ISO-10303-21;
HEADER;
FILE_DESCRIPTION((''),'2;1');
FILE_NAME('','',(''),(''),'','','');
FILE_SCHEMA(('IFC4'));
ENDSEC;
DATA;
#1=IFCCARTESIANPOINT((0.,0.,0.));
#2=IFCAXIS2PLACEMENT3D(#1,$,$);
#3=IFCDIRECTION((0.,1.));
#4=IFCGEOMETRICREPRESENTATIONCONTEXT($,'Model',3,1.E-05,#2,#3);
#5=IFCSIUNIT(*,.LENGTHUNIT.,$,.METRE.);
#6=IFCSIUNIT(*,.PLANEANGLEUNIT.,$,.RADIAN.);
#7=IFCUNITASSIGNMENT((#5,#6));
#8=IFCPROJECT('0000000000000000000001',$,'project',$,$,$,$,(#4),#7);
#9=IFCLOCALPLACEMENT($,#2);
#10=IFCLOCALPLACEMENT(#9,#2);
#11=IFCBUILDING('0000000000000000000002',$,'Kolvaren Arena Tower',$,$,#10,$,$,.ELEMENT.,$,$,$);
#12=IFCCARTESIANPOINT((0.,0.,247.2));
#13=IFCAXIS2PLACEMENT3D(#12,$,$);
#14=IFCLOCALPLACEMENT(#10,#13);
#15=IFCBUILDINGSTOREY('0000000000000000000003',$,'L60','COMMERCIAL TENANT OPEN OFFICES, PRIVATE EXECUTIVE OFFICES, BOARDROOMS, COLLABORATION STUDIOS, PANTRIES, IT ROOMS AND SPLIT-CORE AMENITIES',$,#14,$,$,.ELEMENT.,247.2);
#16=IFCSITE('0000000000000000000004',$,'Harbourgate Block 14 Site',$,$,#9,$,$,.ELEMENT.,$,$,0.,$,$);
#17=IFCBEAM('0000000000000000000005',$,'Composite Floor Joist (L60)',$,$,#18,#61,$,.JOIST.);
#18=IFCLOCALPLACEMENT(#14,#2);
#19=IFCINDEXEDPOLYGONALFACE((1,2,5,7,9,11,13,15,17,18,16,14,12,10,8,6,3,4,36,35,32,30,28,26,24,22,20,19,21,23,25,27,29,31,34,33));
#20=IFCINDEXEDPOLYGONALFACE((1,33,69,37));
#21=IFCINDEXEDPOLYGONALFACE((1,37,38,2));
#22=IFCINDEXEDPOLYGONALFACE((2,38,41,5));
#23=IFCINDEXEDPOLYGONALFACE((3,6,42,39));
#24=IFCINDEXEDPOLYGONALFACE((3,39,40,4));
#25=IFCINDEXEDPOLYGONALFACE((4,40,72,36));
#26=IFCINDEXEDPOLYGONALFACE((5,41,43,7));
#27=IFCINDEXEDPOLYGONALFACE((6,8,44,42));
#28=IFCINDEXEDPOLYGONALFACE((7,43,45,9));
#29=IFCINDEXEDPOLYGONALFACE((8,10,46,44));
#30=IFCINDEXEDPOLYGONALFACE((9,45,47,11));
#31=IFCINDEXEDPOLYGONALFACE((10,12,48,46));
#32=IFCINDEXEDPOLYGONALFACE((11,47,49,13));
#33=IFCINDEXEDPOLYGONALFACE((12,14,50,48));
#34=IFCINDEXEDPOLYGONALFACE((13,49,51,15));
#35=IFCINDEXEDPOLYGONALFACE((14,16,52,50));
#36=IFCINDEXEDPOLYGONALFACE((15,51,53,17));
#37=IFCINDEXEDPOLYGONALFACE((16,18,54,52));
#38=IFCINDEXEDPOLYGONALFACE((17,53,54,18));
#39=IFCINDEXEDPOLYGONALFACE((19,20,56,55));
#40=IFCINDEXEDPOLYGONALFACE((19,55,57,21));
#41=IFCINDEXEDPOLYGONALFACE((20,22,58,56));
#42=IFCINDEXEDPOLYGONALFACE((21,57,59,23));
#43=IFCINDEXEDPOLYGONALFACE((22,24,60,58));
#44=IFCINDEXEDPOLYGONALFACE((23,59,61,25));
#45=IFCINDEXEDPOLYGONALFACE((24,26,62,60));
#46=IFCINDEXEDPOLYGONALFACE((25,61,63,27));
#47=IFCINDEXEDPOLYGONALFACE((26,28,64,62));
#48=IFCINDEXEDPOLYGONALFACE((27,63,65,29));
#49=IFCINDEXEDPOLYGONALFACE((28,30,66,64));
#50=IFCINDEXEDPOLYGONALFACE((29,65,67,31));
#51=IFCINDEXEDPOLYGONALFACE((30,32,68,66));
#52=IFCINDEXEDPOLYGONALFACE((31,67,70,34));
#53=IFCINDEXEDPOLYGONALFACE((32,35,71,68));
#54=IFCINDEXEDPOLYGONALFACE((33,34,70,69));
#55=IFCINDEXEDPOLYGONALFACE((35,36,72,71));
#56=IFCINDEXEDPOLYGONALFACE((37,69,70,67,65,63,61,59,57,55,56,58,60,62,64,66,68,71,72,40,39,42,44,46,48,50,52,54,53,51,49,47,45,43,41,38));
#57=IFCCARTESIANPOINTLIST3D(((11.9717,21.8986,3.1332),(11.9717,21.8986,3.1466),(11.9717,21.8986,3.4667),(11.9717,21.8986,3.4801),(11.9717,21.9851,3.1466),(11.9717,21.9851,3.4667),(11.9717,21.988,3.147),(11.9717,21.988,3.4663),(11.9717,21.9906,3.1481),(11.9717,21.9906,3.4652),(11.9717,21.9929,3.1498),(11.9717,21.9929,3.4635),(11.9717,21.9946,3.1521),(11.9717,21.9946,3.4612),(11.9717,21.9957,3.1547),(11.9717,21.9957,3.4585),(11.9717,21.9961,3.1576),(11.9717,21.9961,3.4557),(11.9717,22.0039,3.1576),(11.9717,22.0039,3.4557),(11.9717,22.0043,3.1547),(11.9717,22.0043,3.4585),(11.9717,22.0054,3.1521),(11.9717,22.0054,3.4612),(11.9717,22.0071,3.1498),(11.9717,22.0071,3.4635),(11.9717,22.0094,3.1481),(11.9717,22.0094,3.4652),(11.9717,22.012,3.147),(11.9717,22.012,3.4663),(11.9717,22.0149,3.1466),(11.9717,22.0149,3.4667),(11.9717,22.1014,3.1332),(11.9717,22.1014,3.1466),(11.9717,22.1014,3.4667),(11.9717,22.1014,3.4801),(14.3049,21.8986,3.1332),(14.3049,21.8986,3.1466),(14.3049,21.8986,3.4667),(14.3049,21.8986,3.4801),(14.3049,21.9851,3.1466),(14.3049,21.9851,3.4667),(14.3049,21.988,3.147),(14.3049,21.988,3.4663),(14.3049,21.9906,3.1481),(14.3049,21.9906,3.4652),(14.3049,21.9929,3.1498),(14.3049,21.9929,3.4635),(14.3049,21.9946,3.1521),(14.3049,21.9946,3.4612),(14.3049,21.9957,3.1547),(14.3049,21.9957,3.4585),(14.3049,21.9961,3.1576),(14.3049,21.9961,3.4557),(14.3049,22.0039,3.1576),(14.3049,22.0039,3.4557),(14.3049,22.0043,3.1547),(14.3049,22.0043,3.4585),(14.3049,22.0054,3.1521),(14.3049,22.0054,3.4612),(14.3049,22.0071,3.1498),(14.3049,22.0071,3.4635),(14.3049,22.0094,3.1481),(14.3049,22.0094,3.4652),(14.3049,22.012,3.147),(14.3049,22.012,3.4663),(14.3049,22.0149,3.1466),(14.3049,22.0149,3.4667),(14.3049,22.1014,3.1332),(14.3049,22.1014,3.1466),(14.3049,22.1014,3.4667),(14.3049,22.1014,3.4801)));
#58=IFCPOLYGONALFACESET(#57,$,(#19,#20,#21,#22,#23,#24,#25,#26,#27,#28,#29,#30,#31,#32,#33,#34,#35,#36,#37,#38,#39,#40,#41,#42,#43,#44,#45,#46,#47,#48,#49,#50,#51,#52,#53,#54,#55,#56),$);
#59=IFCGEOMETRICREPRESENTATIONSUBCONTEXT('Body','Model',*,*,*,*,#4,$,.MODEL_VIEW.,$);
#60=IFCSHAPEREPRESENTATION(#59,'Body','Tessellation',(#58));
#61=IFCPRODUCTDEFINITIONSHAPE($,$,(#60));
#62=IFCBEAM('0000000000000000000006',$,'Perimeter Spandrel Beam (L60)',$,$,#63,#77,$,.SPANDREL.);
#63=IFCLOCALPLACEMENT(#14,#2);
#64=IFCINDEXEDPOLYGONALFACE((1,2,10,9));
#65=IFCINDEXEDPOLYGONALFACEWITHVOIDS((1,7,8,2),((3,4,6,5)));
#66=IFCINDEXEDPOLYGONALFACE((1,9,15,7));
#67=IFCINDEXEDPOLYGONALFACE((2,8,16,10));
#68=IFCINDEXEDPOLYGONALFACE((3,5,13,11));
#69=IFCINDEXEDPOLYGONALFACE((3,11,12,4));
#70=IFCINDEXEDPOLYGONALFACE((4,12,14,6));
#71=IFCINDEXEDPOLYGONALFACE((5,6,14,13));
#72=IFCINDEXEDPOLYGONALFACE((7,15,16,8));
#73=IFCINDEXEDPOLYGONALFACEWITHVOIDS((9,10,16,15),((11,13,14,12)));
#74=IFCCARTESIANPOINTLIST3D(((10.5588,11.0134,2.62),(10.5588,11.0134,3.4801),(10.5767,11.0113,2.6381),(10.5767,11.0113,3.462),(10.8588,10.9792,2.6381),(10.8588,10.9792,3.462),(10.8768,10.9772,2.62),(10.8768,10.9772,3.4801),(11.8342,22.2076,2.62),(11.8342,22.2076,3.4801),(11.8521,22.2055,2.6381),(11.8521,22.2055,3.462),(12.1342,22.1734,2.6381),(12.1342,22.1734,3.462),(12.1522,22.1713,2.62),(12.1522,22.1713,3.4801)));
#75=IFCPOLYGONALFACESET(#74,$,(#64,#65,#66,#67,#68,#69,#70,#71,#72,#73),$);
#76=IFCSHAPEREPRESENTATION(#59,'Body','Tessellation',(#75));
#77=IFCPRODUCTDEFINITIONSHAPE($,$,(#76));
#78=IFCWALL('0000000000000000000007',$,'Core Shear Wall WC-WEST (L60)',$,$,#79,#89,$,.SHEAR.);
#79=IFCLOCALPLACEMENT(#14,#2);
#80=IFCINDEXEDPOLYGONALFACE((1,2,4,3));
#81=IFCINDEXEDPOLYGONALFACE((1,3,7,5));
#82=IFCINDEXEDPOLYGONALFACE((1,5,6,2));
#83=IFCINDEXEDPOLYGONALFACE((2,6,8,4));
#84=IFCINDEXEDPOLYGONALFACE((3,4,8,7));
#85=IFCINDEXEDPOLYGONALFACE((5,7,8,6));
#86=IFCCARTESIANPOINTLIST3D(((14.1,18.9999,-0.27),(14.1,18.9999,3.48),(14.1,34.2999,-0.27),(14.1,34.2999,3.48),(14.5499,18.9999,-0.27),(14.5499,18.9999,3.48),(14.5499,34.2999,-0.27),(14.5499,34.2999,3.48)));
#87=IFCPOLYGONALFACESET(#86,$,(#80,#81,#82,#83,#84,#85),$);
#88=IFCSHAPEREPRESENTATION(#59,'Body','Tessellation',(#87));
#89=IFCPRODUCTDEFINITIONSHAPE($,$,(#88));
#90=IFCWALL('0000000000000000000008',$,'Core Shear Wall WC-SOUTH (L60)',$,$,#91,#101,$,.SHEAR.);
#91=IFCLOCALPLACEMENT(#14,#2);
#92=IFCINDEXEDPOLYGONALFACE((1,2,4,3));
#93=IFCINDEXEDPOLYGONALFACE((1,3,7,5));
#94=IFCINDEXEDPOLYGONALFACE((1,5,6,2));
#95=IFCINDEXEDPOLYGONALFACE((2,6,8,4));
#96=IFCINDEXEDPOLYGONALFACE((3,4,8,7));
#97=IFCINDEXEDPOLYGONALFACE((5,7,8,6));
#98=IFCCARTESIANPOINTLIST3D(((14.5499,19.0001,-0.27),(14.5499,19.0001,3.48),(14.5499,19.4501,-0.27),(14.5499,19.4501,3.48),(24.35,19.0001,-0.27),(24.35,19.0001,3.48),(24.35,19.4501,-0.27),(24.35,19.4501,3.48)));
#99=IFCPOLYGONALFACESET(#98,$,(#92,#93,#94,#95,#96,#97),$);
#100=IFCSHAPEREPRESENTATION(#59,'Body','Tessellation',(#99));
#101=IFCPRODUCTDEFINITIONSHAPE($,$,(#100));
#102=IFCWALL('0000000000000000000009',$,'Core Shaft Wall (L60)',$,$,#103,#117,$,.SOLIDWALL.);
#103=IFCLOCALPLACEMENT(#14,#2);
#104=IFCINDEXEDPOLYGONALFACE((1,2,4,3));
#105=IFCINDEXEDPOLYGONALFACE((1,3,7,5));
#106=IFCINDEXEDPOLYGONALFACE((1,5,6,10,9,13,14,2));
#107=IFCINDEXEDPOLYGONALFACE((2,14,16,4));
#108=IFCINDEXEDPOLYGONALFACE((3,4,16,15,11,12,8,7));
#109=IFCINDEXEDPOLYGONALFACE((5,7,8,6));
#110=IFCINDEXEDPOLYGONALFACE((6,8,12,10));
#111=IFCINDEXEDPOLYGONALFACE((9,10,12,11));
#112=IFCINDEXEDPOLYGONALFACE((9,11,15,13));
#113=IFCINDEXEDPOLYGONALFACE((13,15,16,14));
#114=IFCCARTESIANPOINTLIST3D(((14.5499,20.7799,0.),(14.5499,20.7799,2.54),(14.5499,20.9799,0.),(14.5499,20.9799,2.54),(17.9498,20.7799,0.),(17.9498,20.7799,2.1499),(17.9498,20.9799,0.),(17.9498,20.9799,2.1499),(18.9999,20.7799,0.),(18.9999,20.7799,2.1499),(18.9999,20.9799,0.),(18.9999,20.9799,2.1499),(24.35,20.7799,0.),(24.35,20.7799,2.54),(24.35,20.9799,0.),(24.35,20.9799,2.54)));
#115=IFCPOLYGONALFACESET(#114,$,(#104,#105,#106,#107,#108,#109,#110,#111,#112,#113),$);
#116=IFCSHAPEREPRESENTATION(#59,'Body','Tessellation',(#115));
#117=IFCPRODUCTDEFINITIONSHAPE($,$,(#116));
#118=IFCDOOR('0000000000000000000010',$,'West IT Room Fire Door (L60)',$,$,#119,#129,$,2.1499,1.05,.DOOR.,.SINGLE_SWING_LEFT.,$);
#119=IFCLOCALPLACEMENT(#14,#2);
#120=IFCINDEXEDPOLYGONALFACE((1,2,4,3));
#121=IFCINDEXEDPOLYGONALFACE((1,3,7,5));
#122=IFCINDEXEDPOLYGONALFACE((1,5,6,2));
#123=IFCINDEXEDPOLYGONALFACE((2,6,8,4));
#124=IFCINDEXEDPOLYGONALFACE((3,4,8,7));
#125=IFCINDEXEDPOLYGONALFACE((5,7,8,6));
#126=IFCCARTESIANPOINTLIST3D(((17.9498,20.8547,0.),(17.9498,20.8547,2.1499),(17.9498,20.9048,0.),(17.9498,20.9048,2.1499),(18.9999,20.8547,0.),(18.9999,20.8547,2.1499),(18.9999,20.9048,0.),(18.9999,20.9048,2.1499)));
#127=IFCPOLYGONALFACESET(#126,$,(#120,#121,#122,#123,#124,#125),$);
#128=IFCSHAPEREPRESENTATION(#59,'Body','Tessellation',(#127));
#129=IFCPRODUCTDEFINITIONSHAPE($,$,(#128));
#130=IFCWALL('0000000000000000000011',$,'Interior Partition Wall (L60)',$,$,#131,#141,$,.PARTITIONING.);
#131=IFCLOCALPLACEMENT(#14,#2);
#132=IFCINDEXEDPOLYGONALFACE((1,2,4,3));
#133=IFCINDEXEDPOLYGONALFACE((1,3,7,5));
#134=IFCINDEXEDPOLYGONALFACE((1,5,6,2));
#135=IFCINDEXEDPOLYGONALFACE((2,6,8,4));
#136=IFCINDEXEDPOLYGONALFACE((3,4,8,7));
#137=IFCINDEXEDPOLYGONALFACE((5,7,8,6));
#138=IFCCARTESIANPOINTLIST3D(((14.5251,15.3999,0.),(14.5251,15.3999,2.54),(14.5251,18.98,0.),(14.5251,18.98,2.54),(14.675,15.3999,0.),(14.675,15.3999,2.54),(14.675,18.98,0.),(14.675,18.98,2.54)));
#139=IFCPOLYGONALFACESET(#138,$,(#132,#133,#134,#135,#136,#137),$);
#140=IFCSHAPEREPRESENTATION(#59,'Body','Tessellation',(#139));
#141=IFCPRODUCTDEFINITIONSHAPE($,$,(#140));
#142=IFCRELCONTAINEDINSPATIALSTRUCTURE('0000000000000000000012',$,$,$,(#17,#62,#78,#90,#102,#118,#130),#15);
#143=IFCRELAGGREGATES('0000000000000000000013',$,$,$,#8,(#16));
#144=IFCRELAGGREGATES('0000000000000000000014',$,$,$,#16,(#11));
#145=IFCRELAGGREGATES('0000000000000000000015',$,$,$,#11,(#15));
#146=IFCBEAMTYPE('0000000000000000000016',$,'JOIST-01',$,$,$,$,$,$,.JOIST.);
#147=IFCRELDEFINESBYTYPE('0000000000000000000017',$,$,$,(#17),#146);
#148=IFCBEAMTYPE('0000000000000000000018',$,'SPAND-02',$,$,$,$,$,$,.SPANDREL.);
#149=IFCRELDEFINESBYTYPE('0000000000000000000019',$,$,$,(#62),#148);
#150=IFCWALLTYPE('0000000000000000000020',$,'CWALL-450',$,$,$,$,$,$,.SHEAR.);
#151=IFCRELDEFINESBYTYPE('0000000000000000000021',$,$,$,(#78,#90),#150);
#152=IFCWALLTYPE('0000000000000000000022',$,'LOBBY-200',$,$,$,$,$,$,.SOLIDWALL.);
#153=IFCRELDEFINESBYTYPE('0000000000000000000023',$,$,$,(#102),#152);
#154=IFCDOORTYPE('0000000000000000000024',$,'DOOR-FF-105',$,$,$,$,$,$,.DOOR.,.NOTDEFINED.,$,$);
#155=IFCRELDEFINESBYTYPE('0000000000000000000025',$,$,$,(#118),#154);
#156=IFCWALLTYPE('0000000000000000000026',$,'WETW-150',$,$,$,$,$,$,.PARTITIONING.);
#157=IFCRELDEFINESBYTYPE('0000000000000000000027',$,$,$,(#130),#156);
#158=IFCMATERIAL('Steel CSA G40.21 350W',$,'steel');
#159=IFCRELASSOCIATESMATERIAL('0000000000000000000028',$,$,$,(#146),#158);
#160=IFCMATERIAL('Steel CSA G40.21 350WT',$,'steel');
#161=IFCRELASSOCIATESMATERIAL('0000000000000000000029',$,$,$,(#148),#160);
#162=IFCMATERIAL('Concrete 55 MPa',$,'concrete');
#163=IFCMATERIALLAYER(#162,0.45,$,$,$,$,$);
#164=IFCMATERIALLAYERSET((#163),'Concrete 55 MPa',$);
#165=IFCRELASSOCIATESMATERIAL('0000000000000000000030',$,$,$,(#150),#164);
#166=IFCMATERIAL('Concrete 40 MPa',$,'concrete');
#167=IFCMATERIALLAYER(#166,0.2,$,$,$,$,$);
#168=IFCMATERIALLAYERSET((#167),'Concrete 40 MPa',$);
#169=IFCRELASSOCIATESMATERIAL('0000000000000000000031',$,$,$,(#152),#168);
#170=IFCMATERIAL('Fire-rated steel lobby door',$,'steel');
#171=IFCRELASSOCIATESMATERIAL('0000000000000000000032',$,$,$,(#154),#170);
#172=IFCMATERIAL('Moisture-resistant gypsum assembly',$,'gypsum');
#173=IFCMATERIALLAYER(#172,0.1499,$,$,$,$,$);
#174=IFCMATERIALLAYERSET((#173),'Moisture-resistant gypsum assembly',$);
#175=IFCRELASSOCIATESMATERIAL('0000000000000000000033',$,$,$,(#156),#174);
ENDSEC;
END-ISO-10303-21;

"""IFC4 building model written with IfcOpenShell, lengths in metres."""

from ifc_helpers import new_model, si_unit, direction, frame, frame_2d, origin, origin_2d, place, context, subcontext, project, spatial, rectangle, hollow_rectangle, i_section, extrude, material, layer, layer_set, material_profile, profile_set, type_object, element, fill, save


model = new_model("IFC4")

# Units and contexts
model_context = context("Model", 3, precision=1e-05, world=origin(), true_north=direction((0.0, 1.0)))
body_context = subcontext(model_context, "Body", "Model", "MODEL_VIEW")
ifc_project = project(units=[si_unit("LENGTHUNIT", "METRE"), si_unit("PLANEANGLEUNIT", "RADIAN")], contexts=[model_context])

# Site, building, storey
site_placement = place(None, origin())
site = spatial("IfcSite", under=ifc_project, at=site_placement, Name="Harbourgate Block 14 Site", CompositionType="ELEMENT", RefElevation=0.0)
building_placement = place(site_placement, origin())
building = spatial("IfcBuilding", under=site, at=building_placement, Name="Kolvaren Arena Tower", CompositionType="ELEMENT")
storey_placement = place(building_placement, frame((0.0, 0.0, 247.2)))
storey = spatial("IfcBuildingStorey", under=building, at=storey_placement, Name="L60", Description="COMMERCIAL TENANT OPEN OFFICES, PRIVATE EXECUTIVE OFFICES, BOARDROOMS, COLLABORATION STUDIOS, PANTRIES, IT ROOMS AND SPLIT-CORE AMENITIES", CompositionType="ELEMENT", Elevation=247.2)

# Beams
ifc_material_1 = material(Name="Steel CSA G40.21 350W", Category="steel")
ifc_material_profile_1 = material_profile(ifc_material_1, i_section(OverallWidth=0.2029, OverallDepth=0.3469, WebThickness=0.0078, FlangeThickness=0.0134, FilletRadius=0.011, at=origin_2d()), Name="W360x64")
ifc_profile_set_1 = profile_set([ifc_material_profile_1], Name="Steel CSA G40.21 350W")
beam_type_1 = type_object("IfcBeamType", Name="JOIST-01", PredefinedType="JOIST", material=ifc_profile_set_1)
beam_1_placement = place(storey_placement, frame((11.9717, 22.0, 3.3066), z_axis=(1.0, 0.0, 0.0), x_axis=(0.0, 1.0, 0.0)))
element("IfcBeam", 1, at=beam_1_placement, inside=storey, type_object=beam_type_1, Name="Composite Floor Joist (L60)", PredefinedType="JOIST", context=body_context, shape_type="SweptSolid", body=[
    extrude(i_section(OverallWidth=0.2029, OverallDepth=0.3469, WebThickness=0.0078, FlangeThickness=0.0134, FilletRadius=0.011, at=origin_2d()), origin(), (0.0, 0.0, 1.0), 2.3333),
])
ifc_material_2 = material(Name="Steel CSA G40.21 350WT", Category="steel")
ifc_material_profile_2 = material_profile(ifc_material_2, hollow_rectangle(XDim=0.3201, YDim=0.8601, WallThickness=0.0181, at=origin_2d()), Name="HSS 860x320x18")
ifc_profile_set_2 = profile_set([ifc_material_profile_2], Name="Steel CSA G40.21 350WT")
beam_type_2 = type_object("IfcBeamType", Name="SPAND-02", PredefinedType="SPANDREL", material=ifc_profile_set_2)
beam_2_placement = place(storey_placement, frame((11.9932, 22.1895, 3.05), z_axis=(-0.113202, -0.993572, 0.0), x_axis=(0.993572, -0.113202, 0.0)))
element("IfcBeam", 2, at=beam_2_placement, inside=storey, type_object=beam_type_2, Name="Perimeter Spandrel Beam (L60)", PredefinedType="SPANDREL", context=body_context, shape_type="SweptSolid", body=[
    extrude(hollow_rectangle(XDim=0.3201, YDim=0.8601, WallThickness=0.0181, at=origin_2d()), origin(), (0.0, 0.0, 1.0), 11.2666),
])

# Walls
ifc_material_3 = material(Name="Concrete 55 MPa", Category="concrete")
ifc_layer_1 = layer(ifc_material_3, 0.45)
ifc_layer_set_1 = layer_set([ifc_layer_1], Name="Concrete 55 MPa")
wall_type_1 = type_object("IfcWallType", Name="CWALL-450", PredefinedType="SHEAR", material=ifc_layer_set_1)
wall_1_placement = place(storey_placement, frame((14.325, 19.0, -0.27), z_axis=(0.0, 0.0, 1.0), x_axis=(0.0, 1.0, 0.0)))
element("IfcWall", 3, at=wall_1_placement, inside=storey, type_object=wall_type_1, Name="Core Shear Wall WC-WEST (L60)", PredefinedType="SHEAR", context=body_context, shape_type="SweptSolid", body=[
    extrude(rectangle(XDim=15.3, YDim=0.45, at=frame_2d((7.6499, 0.0))), origin(), (0.0, 0.0, 1.0), 3.75),
])
wall_2_placement = place(storey_placement, frame((14.55, 19.2251, -0.27), z_axis=(0.0, 0.0, 1.0), x_axis=(1.0, 0.0, 0.0)))
element("IfcWall", 4, at=wall_2_placement, inside=storey, type_object=wall_type_1, Name="Core Shear Wall WC-SOUTH (L60)", PredefinedType="SHEAR", context=body_context, shape_type="SweptSolid", body=[
    extrude(rectangle(XDim=9.8, YDim=0.45, at=frame_2d((4.8999, 0.0))), origin(), (0.0, 0.0, 1.0), 3.75),
])

# Wall, opening, door
ifc_material_4 = material(Name="Concrete 40 MPa", Category="concrete")
ifc_layer_2 = layer(ifc_material_4, 0.2)
ifc_layer_set_2 = layer_set([ifc_layer_2], Name="Concrete 40 MPa")
wall_type_2 = type_object("IfcWallType", Name="LOBBY-200", PredefinedType="SOLIDWALL", material=ifc_layer_set_2)
wall_3_placement = place(storey_placement, frame((14.55, 20.8799, 0.0), z_axis=(0.0, 0.0, 1.0), x_axis=(1.0, 0.0, 0.0)))
wall_3 = element("IfcWall", 5, at=wall_3_placement, inside=storey, type_object=wall_type_2, Name="Core Shaft Wall (L60)", PredefinedType="SOLIDWALL", context=body_context, shape_type="SweptSolid", body=[
    extrude(rectangle(XDim=9.8, YDim=0.2, at=frame_2d((4.8999, 0.0))), origin(), (0.0, 0.0, 1.0), 2.54),
])
opening_placement = place(wall_3_placement, frame((3.3999, 0.0, 0.0)))
opening = element("IfcOpeningElement", 6, at=opening_placement, cuts=wall_3, PredefinedType="OPENING", context=body_context, shape_type="SweptSolid", body=[
    extrude(rectangle(XDim=1.05, YDim=2.1499, at=frame_2d((0.5249, 1.075))), frame((0.0, 0.1099, 0.0), z_axis=(0.0, -1.0, 0.0), x_axis=(1.0, 0.0, 0.0)), (0.0, 0.0, 1.0), 0.22),
])
ifc_material_5 = material(Name="Fire-rated steel lobby door", Category="steel")
door_type = type_object("IfcDoorType", Name="DOOR-FF-105", OperationType="NOTDEFINED", PredefinedType="DOOR", material=ifc_material_5)
door_placement = place(opening_placement, origin())
door = element("IfcDoor", 7, at=door_placement, inside=storey, type_object=door_type, Name="West IT Room Fire Door (L60)", OperationType="SINGLE_SWING_LEFT", OverallHeight=2.1499, OverallWidth=1.05, PredefinedType="DOOR", context=body_context, shape_type="SweptSolid", body=[
    extrude(rectangle(XDim=1.05, YDim=2.1499, at=frame_2d((0.5249, 1.075))), frame((0.0, 0.0249, 0.0), z_axis=(0.0, -1.0, 0.0), x_axis=(1.0, 0.0, 0.0)), (0.0, 0.0, 1.0), 0.05),
])
fill(opening, door)

# Wall
ifc_material_6 = material(Name="Moisture-resistant gypsum assembly", Category="gypsum")
ifc_layer_3 = layer(ifc_material_6, 0.1499)
ifc_layer_set_3 = layer_set([ifc_layer_3], Name="Moisture-resistant gypsum assembly")
wall_type_3 = type_object("IfcWallType", Name="WETW-150", PredefinedType="PARTITIONING", material=ifc_layer_set_3)
wall_4_placement = place(storey_placement, frame((14.6001, 15.3999, 0.0), z_axis=(0.0, 0.0, 1.0), x_axis=(0.0, 1.0, 0.0)))
element("IfcWall", 8, at=wall_4_placement, inside=storey, type_object=wall_type_3, Name="Interior Partition Wall (L60)", PredefinedType="PARTITIONING", context=body_context, shape_type="SweptSolid", body=[
    extrude(rectangle(XDim=3.5801, YDim=0.1499, at=frame_2d((1.79, 0.0))), origin(), (0.0, 0.0, 1.0), 2.54),
])

save(model, "model.ifc")
